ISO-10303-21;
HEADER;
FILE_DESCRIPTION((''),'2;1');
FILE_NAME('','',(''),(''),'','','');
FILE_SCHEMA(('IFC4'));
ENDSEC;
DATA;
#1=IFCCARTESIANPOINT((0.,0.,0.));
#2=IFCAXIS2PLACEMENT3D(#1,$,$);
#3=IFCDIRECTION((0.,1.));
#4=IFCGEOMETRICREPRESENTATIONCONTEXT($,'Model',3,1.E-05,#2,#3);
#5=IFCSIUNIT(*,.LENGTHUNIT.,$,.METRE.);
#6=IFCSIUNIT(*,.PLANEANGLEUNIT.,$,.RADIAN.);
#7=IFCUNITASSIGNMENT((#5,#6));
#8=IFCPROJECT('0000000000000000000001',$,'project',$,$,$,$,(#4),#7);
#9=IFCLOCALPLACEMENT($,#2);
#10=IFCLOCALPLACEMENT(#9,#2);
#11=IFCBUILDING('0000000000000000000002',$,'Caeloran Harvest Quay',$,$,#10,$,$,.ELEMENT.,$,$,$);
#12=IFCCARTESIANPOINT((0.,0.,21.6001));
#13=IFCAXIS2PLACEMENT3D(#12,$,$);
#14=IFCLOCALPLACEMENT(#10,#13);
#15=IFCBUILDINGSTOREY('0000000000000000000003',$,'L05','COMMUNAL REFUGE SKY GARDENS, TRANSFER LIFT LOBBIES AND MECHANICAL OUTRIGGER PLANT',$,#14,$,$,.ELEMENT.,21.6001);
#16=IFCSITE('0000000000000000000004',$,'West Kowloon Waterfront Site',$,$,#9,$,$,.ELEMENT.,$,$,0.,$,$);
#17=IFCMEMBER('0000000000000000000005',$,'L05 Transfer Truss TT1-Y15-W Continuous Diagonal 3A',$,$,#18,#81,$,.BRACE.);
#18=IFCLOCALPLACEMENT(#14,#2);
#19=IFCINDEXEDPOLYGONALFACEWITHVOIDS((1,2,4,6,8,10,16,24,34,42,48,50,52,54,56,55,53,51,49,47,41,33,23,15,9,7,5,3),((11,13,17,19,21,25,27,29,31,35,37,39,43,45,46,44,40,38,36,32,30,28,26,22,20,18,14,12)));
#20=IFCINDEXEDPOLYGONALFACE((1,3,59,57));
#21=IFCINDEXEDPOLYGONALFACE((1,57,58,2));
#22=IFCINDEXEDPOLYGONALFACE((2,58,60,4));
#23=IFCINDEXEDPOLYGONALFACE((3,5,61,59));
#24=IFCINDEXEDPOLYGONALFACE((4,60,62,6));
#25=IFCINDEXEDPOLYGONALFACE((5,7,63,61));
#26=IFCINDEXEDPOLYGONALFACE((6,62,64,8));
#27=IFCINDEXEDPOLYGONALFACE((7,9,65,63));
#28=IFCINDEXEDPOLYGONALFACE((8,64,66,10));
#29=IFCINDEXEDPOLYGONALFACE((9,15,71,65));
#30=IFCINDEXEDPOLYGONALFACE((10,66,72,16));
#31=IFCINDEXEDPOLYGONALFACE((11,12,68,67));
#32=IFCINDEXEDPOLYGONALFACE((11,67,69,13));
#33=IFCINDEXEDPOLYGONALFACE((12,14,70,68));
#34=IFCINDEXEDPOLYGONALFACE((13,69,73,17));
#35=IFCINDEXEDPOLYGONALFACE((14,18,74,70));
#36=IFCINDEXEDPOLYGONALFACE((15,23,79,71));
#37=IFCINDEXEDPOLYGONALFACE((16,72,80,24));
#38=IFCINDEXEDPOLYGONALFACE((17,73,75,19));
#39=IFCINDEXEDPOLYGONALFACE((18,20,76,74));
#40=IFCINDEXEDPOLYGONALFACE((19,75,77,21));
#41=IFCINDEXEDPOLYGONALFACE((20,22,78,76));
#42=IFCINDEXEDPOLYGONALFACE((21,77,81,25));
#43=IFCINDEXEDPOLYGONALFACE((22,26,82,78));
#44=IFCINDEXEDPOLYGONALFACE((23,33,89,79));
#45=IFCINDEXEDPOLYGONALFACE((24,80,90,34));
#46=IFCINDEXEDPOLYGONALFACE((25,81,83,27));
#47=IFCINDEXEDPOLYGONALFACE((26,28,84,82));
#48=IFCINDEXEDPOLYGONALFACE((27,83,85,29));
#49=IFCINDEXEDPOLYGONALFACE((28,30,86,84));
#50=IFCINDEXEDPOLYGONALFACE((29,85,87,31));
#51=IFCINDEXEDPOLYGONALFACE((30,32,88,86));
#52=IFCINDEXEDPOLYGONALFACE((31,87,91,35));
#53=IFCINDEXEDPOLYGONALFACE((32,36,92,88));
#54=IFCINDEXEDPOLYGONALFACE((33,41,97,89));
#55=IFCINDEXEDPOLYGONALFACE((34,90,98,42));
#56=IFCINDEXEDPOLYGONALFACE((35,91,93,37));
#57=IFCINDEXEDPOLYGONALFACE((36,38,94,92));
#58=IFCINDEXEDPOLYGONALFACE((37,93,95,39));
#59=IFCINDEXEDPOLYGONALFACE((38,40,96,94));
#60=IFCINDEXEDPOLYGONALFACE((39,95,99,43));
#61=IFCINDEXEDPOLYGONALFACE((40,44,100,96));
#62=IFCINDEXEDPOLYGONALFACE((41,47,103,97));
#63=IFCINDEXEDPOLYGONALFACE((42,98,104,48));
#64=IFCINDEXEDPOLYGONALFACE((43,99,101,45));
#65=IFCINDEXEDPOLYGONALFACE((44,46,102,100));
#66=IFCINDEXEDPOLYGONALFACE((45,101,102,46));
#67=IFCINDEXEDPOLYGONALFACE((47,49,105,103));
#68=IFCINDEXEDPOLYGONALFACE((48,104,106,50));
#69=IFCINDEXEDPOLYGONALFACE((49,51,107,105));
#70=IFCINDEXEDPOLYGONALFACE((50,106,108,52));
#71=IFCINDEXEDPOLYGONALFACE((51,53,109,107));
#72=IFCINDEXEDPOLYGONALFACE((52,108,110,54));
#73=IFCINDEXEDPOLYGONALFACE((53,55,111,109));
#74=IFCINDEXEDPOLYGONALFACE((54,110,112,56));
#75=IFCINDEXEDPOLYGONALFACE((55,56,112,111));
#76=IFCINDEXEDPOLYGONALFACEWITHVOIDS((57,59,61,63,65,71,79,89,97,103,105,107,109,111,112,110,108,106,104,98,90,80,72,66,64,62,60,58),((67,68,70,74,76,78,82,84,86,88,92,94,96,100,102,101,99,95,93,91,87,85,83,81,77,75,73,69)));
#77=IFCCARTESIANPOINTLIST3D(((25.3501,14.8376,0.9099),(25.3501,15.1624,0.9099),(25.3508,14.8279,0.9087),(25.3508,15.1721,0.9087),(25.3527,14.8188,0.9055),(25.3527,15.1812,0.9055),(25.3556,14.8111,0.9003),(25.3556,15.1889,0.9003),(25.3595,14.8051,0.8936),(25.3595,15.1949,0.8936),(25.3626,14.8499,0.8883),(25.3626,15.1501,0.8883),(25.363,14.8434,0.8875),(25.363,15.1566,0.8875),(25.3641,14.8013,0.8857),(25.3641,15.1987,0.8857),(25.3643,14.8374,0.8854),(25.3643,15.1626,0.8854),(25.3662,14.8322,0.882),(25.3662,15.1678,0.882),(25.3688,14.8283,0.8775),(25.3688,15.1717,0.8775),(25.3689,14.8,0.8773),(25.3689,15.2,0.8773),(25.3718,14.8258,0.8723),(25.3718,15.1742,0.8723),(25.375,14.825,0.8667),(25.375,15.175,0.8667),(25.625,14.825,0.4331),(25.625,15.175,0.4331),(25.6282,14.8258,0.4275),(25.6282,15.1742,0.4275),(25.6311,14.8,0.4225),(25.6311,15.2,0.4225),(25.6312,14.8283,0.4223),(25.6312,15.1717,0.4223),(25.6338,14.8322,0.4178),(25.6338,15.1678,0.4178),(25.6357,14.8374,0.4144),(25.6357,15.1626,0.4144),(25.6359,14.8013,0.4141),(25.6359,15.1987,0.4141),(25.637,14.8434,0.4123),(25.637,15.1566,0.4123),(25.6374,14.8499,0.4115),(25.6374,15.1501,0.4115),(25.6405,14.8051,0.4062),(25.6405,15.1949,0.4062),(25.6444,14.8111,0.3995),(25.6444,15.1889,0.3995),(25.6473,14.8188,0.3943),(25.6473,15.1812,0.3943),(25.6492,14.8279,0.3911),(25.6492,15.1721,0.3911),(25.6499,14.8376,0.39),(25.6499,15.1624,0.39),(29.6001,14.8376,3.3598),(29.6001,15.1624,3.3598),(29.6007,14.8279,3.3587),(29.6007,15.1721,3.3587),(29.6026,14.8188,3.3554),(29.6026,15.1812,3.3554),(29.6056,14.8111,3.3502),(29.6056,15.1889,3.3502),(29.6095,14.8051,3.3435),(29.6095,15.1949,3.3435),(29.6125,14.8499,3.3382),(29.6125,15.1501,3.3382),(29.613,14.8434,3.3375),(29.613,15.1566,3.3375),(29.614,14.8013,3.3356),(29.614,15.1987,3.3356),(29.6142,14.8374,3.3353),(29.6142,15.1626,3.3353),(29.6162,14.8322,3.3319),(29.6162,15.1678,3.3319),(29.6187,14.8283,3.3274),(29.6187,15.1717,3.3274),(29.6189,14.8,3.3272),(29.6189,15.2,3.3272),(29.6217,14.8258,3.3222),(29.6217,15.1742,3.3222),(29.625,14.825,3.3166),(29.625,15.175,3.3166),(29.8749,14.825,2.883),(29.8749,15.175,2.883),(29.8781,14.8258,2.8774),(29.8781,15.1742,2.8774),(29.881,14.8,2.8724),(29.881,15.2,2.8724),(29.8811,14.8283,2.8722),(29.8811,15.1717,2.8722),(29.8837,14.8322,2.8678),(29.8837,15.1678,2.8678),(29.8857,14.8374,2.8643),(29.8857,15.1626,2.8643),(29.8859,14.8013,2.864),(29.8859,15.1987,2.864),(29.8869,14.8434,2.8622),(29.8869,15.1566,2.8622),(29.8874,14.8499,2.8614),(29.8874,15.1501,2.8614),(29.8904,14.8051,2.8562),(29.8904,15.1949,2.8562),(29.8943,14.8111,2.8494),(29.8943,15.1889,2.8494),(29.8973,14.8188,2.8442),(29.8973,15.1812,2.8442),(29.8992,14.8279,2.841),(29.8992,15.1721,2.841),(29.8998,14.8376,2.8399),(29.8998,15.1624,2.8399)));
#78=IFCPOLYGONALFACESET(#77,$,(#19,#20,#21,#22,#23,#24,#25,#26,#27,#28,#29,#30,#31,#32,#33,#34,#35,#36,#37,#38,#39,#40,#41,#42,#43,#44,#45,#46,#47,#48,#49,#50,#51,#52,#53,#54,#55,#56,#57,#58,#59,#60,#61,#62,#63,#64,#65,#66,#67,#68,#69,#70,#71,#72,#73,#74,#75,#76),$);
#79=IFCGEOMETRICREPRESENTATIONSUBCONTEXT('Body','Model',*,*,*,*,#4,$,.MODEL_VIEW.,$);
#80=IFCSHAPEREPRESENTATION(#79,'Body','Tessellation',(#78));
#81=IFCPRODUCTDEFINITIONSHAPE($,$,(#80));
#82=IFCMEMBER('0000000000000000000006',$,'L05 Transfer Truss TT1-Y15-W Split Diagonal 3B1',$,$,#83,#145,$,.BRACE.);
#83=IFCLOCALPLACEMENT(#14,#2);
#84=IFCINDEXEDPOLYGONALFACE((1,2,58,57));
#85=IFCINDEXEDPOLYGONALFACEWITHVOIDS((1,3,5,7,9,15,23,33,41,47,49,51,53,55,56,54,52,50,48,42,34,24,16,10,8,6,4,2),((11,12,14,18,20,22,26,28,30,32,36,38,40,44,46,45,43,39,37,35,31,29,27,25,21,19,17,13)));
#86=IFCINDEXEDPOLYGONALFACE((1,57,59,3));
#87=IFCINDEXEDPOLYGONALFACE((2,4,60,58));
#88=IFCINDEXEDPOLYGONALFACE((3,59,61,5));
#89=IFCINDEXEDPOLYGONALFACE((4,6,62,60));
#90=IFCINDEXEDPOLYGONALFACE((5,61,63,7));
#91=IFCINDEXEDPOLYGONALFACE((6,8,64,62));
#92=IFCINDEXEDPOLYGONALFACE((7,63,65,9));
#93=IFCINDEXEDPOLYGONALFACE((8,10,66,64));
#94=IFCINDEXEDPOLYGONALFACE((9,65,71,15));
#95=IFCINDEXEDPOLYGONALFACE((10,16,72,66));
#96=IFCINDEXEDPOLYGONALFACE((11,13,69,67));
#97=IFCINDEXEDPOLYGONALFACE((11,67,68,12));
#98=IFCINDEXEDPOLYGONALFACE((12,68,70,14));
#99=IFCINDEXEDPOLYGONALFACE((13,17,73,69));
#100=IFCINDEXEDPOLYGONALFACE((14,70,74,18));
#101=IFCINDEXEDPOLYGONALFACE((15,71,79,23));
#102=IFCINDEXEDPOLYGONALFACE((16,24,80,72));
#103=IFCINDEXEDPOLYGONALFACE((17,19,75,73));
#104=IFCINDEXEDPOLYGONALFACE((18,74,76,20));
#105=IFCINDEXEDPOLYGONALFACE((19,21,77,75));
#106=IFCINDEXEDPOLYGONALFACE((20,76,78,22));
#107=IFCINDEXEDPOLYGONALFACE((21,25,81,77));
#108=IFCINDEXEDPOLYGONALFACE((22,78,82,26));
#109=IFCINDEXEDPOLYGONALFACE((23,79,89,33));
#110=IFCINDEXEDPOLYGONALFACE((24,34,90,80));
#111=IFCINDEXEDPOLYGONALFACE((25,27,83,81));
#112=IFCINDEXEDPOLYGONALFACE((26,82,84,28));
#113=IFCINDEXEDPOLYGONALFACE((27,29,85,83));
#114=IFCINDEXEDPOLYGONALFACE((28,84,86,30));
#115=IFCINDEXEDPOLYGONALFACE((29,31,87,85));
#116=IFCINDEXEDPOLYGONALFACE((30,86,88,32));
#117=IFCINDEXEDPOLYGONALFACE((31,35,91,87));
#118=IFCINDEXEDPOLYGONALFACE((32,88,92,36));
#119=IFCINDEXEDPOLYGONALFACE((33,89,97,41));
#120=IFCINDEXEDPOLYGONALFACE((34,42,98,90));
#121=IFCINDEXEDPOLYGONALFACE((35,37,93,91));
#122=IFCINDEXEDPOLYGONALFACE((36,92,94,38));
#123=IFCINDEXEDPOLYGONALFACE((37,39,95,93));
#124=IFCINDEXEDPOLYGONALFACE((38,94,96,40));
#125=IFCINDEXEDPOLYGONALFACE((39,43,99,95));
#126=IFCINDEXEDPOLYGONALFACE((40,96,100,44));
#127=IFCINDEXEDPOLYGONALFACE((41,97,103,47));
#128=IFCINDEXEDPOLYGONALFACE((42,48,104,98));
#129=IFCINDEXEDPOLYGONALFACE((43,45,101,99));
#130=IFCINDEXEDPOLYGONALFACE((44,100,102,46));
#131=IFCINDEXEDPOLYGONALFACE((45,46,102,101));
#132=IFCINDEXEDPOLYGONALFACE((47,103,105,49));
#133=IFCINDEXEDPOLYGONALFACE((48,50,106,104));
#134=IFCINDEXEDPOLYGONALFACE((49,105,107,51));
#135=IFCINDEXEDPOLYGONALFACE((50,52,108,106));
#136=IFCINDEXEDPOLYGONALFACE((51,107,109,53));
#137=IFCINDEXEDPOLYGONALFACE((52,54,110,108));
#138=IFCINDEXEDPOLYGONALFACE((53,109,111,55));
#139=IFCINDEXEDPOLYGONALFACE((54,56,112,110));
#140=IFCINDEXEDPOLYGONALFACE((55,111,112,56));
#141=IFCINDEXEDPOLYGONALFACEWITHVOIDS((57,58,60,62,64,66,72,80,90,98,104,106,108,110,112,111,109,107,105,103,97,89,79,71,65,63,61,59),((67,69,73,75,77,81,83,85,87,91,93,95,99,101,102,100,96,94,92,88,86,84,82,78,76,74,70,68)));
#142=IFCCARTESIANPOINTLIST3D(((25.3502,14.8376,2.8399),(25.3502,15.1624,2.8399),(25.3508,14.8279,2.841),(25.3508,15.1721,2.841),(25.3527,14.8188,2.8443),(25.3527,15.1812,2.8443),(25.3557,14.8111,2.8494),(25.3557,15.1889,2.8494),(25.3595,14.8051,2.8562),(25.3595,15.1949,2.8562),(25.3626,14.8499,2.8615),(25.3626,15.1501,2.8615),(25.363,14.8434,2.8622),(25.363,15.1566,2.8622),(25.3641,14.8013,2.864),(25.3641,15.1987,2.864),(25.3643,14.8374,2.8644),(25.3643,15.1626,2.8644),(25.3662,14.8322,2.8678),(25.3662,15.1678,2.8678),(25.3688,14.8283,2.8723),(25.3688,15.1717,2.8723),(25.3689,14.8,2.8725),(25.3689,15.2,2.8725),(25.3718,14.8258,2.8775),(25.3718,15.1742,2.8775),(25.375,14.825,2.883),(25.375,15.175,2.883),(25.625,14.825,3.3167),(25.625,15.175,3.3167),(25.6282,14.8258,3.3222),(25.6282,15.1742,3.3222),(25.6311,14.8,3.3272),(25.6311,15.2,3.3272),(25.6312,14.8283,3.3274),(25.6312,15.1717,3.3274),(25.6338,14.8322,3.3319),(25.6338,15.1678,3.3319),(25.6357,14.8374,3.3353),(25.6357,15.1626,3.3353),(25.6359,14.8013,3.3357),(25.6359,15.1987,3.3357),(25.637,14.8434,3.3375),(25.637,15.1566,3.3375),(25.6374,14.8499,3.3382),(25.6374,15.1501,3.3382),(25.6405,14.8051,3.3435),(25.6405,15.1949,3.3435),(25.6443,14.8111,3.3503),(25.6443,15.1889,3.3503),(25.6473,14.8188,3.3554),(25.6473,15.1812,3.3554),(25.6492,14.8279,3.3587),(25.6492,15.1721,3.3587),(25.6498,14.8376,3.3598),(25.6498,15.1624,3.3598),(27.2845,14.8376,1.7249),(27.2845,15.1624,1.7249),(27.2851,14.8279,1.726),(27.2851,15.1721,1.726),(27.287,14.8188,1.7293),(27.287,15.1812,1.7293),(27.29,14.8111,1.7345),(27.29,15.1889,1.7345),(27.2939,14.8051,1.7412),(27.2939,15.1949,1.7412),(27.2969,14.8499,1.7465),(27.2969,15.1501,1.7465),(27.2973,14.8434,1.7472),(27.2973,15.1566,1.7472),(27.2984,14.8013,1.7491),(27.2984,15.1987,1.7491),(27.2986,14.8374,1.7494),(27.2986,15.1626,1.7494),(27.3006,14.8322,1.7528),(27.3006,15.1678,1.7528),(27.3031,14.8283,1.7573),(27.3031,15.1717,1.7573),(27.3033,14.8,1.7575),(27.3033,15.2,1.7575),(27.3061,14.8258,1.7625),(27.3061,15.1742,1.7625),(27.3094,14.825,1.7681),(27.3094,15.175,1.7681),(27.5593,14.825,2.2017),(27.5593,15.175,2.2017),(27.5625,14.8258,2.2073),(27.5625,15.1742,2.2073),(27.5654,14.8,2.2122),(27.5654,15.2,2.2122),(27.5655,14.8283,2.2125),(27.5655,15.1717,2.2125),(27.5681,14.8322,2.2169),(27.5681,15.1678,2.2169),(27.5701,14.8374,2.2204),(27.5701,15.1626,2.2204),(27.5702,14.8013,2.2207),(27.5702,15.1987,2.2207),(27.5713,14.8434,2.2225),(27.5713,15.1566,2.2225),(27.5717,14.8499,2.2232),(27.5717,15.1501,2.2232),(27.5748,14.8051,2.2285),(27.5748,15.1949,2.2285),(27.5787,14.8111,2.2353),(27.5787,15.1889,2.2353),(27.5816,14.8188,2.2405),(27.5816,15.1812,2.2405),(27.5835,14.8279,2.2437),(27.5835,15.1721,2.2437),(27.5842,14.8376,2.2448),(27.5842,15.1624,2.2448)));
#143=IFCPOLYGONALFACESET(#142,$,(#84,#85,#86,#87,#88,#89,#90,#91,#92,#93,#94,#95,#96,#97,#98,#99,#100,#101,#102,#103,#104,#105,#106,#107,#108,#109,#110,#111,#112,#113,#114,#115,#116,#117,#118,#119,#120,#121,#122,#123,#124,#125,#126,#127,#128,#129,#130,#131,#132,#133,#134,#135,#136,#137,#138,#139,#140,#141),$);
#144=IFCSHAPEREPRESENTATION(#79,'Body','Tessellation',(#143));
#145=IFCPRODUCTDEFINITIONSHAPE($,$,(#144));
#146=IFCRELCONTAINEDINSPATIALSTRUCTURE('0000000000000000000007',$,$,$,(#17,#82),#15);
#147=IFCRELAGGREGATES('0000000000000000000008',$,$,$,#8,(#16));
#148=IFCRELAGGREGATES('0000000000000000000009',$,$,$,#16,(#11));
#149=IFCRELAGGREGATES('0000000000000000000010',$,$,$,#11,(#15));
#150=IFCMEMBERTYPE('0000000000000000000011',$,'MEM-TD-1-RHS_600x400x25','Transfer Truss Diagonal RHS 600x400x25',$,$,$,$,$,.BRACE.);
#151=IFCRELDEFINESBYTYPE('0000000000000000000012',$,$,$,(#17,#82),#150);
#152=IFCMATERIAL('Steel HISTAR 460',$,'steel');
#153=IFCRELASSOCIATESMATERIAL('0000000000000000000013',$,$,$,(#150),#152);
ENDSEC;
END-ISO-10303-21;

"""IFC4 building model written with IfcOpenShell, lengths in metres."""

from ifc_helpers import new_model, si_unit, direction, frame, origin, origin_2d, place, context, subcontext, project, spatial, hollow_rectangle, extrude, material, material_profile, profile_set, type_object, element, save


model = new_model("IFC4")

# Units and contexts
model_context = context("Model", 3, precision=1e-05, world=origin(), true_north=direction((0.0, 1.0)))
body_context = subcontext(model_context, "Body", "Model", "MODEL_VIEW")
ifc_project = project(units=[si_unit("LENGTHUNIT", "METRE"), si_unit("PLANEANGLEUNIT", "RADIAN")], contexts=[model_context])

# Site, building, storey
site_placement = place(None, origin())
site = spatial("IfcSite", under=ifc_project, at=site_placement, Name="West Kowloon Waterfront Site", CompositionType="ELEMENT", RefElevation=0.0)
building_placement = place(site_placement, origin())
building = spatial("IfcBuilding", under=site, at=building_placement, Name="Caeloran Harvest Quay", CompositionType="ELEMENT")
storey_placement = place(building_placement, frame((0.0, 0.0, 21.6001)))
storey = spatial("IfcBuildingStorey", under=building, at=storey_placement, Name="L05", Description="COMMUNAL REFUGE SKY GARDENS, TRANSFER LIFT LOBBIES AND MECHANICAL OUTRIGGER PLANT", CompositionType="ELEMENT", Elevation=21.6001)

# Shared definitions
ifc_material_1 = material(Name="Steel HISTAR 460", Category="steel")

# Members
ifc_material_profile_1 = material_profile(ifc_material_1, hollow_rectangle(XDim=0.3999, YDim=0.6001, WallThickness=0.0249, InnerFilletRadius=0.0249, OuterFilletRadius=0.0376, at=origin_2d()), Name="RHS 600x400x25")
ifc_profile_set_1 = profile_set([ifc_material_profile_1], Name="Steel HISTAR 460")
member_type_1 = type_object("IfcMemberType", Name="MEM-TD-1-RHS_600x400x25", Description="Transfer Truss Diagonal RHS 600x400x25", PredefinedType="BRACE", material=ifc_profile_set_1)
member_1_placement = place(storey_placement, frame((25.5, 15.0, 0.6499), z_axis=(0.86636, 0.0, 0.499421), x_axis=(0.0, 1.0, 0.0)))
element("IfcMember", 1, at=member_1_placement, inside=storey, type_object=member_type_1, Name="L05 Transfer Truss TT1-Y15-W Continuous Diagonal 3A", PredefinedType="BRACE", context=body_context, shape_type="SweptSolid", body=[
    extrude(hollow_rectangle(XDim=0.3999, YDim=0.6001, WallThickness=0.0249, InnerFilletRadius=0.0249, OuterFilletRadius=0.0376, at=origin_2d()), origin(), (0.0, 0.0, 1.0), 4.9055),
])
for number, where, z_axis, x_axis, name in (
    (2, (25.5, 15.0, 3.0999), (0.866373, 0.0, -0.499397), (0.0, 1.0, 0.0), "L05 Transfer Truss TT1-Y15-W Split Diagonal 3B1"),
):
    element("IfcMember", number, at=place(storey_placement, frame(where, z_axis=z_axis, x_axis=x_axis)), inside=storey, type_object=member_type_1, Name=name, PredefinedType="BRACE", context=body_context, shape_type="SweptSolid", body=[
        extrude(hollow_rectangle(XDim=0.3999, YDim=0.6001, WallThickness=0.0249, InnerFilletRadius=0.0249, OuterFilletRadius=0.0376, at=origin_2d()), origin(), (0.0, 0.0, 1.0), 2.2327),
    ])

save(model, "model.ifc")
